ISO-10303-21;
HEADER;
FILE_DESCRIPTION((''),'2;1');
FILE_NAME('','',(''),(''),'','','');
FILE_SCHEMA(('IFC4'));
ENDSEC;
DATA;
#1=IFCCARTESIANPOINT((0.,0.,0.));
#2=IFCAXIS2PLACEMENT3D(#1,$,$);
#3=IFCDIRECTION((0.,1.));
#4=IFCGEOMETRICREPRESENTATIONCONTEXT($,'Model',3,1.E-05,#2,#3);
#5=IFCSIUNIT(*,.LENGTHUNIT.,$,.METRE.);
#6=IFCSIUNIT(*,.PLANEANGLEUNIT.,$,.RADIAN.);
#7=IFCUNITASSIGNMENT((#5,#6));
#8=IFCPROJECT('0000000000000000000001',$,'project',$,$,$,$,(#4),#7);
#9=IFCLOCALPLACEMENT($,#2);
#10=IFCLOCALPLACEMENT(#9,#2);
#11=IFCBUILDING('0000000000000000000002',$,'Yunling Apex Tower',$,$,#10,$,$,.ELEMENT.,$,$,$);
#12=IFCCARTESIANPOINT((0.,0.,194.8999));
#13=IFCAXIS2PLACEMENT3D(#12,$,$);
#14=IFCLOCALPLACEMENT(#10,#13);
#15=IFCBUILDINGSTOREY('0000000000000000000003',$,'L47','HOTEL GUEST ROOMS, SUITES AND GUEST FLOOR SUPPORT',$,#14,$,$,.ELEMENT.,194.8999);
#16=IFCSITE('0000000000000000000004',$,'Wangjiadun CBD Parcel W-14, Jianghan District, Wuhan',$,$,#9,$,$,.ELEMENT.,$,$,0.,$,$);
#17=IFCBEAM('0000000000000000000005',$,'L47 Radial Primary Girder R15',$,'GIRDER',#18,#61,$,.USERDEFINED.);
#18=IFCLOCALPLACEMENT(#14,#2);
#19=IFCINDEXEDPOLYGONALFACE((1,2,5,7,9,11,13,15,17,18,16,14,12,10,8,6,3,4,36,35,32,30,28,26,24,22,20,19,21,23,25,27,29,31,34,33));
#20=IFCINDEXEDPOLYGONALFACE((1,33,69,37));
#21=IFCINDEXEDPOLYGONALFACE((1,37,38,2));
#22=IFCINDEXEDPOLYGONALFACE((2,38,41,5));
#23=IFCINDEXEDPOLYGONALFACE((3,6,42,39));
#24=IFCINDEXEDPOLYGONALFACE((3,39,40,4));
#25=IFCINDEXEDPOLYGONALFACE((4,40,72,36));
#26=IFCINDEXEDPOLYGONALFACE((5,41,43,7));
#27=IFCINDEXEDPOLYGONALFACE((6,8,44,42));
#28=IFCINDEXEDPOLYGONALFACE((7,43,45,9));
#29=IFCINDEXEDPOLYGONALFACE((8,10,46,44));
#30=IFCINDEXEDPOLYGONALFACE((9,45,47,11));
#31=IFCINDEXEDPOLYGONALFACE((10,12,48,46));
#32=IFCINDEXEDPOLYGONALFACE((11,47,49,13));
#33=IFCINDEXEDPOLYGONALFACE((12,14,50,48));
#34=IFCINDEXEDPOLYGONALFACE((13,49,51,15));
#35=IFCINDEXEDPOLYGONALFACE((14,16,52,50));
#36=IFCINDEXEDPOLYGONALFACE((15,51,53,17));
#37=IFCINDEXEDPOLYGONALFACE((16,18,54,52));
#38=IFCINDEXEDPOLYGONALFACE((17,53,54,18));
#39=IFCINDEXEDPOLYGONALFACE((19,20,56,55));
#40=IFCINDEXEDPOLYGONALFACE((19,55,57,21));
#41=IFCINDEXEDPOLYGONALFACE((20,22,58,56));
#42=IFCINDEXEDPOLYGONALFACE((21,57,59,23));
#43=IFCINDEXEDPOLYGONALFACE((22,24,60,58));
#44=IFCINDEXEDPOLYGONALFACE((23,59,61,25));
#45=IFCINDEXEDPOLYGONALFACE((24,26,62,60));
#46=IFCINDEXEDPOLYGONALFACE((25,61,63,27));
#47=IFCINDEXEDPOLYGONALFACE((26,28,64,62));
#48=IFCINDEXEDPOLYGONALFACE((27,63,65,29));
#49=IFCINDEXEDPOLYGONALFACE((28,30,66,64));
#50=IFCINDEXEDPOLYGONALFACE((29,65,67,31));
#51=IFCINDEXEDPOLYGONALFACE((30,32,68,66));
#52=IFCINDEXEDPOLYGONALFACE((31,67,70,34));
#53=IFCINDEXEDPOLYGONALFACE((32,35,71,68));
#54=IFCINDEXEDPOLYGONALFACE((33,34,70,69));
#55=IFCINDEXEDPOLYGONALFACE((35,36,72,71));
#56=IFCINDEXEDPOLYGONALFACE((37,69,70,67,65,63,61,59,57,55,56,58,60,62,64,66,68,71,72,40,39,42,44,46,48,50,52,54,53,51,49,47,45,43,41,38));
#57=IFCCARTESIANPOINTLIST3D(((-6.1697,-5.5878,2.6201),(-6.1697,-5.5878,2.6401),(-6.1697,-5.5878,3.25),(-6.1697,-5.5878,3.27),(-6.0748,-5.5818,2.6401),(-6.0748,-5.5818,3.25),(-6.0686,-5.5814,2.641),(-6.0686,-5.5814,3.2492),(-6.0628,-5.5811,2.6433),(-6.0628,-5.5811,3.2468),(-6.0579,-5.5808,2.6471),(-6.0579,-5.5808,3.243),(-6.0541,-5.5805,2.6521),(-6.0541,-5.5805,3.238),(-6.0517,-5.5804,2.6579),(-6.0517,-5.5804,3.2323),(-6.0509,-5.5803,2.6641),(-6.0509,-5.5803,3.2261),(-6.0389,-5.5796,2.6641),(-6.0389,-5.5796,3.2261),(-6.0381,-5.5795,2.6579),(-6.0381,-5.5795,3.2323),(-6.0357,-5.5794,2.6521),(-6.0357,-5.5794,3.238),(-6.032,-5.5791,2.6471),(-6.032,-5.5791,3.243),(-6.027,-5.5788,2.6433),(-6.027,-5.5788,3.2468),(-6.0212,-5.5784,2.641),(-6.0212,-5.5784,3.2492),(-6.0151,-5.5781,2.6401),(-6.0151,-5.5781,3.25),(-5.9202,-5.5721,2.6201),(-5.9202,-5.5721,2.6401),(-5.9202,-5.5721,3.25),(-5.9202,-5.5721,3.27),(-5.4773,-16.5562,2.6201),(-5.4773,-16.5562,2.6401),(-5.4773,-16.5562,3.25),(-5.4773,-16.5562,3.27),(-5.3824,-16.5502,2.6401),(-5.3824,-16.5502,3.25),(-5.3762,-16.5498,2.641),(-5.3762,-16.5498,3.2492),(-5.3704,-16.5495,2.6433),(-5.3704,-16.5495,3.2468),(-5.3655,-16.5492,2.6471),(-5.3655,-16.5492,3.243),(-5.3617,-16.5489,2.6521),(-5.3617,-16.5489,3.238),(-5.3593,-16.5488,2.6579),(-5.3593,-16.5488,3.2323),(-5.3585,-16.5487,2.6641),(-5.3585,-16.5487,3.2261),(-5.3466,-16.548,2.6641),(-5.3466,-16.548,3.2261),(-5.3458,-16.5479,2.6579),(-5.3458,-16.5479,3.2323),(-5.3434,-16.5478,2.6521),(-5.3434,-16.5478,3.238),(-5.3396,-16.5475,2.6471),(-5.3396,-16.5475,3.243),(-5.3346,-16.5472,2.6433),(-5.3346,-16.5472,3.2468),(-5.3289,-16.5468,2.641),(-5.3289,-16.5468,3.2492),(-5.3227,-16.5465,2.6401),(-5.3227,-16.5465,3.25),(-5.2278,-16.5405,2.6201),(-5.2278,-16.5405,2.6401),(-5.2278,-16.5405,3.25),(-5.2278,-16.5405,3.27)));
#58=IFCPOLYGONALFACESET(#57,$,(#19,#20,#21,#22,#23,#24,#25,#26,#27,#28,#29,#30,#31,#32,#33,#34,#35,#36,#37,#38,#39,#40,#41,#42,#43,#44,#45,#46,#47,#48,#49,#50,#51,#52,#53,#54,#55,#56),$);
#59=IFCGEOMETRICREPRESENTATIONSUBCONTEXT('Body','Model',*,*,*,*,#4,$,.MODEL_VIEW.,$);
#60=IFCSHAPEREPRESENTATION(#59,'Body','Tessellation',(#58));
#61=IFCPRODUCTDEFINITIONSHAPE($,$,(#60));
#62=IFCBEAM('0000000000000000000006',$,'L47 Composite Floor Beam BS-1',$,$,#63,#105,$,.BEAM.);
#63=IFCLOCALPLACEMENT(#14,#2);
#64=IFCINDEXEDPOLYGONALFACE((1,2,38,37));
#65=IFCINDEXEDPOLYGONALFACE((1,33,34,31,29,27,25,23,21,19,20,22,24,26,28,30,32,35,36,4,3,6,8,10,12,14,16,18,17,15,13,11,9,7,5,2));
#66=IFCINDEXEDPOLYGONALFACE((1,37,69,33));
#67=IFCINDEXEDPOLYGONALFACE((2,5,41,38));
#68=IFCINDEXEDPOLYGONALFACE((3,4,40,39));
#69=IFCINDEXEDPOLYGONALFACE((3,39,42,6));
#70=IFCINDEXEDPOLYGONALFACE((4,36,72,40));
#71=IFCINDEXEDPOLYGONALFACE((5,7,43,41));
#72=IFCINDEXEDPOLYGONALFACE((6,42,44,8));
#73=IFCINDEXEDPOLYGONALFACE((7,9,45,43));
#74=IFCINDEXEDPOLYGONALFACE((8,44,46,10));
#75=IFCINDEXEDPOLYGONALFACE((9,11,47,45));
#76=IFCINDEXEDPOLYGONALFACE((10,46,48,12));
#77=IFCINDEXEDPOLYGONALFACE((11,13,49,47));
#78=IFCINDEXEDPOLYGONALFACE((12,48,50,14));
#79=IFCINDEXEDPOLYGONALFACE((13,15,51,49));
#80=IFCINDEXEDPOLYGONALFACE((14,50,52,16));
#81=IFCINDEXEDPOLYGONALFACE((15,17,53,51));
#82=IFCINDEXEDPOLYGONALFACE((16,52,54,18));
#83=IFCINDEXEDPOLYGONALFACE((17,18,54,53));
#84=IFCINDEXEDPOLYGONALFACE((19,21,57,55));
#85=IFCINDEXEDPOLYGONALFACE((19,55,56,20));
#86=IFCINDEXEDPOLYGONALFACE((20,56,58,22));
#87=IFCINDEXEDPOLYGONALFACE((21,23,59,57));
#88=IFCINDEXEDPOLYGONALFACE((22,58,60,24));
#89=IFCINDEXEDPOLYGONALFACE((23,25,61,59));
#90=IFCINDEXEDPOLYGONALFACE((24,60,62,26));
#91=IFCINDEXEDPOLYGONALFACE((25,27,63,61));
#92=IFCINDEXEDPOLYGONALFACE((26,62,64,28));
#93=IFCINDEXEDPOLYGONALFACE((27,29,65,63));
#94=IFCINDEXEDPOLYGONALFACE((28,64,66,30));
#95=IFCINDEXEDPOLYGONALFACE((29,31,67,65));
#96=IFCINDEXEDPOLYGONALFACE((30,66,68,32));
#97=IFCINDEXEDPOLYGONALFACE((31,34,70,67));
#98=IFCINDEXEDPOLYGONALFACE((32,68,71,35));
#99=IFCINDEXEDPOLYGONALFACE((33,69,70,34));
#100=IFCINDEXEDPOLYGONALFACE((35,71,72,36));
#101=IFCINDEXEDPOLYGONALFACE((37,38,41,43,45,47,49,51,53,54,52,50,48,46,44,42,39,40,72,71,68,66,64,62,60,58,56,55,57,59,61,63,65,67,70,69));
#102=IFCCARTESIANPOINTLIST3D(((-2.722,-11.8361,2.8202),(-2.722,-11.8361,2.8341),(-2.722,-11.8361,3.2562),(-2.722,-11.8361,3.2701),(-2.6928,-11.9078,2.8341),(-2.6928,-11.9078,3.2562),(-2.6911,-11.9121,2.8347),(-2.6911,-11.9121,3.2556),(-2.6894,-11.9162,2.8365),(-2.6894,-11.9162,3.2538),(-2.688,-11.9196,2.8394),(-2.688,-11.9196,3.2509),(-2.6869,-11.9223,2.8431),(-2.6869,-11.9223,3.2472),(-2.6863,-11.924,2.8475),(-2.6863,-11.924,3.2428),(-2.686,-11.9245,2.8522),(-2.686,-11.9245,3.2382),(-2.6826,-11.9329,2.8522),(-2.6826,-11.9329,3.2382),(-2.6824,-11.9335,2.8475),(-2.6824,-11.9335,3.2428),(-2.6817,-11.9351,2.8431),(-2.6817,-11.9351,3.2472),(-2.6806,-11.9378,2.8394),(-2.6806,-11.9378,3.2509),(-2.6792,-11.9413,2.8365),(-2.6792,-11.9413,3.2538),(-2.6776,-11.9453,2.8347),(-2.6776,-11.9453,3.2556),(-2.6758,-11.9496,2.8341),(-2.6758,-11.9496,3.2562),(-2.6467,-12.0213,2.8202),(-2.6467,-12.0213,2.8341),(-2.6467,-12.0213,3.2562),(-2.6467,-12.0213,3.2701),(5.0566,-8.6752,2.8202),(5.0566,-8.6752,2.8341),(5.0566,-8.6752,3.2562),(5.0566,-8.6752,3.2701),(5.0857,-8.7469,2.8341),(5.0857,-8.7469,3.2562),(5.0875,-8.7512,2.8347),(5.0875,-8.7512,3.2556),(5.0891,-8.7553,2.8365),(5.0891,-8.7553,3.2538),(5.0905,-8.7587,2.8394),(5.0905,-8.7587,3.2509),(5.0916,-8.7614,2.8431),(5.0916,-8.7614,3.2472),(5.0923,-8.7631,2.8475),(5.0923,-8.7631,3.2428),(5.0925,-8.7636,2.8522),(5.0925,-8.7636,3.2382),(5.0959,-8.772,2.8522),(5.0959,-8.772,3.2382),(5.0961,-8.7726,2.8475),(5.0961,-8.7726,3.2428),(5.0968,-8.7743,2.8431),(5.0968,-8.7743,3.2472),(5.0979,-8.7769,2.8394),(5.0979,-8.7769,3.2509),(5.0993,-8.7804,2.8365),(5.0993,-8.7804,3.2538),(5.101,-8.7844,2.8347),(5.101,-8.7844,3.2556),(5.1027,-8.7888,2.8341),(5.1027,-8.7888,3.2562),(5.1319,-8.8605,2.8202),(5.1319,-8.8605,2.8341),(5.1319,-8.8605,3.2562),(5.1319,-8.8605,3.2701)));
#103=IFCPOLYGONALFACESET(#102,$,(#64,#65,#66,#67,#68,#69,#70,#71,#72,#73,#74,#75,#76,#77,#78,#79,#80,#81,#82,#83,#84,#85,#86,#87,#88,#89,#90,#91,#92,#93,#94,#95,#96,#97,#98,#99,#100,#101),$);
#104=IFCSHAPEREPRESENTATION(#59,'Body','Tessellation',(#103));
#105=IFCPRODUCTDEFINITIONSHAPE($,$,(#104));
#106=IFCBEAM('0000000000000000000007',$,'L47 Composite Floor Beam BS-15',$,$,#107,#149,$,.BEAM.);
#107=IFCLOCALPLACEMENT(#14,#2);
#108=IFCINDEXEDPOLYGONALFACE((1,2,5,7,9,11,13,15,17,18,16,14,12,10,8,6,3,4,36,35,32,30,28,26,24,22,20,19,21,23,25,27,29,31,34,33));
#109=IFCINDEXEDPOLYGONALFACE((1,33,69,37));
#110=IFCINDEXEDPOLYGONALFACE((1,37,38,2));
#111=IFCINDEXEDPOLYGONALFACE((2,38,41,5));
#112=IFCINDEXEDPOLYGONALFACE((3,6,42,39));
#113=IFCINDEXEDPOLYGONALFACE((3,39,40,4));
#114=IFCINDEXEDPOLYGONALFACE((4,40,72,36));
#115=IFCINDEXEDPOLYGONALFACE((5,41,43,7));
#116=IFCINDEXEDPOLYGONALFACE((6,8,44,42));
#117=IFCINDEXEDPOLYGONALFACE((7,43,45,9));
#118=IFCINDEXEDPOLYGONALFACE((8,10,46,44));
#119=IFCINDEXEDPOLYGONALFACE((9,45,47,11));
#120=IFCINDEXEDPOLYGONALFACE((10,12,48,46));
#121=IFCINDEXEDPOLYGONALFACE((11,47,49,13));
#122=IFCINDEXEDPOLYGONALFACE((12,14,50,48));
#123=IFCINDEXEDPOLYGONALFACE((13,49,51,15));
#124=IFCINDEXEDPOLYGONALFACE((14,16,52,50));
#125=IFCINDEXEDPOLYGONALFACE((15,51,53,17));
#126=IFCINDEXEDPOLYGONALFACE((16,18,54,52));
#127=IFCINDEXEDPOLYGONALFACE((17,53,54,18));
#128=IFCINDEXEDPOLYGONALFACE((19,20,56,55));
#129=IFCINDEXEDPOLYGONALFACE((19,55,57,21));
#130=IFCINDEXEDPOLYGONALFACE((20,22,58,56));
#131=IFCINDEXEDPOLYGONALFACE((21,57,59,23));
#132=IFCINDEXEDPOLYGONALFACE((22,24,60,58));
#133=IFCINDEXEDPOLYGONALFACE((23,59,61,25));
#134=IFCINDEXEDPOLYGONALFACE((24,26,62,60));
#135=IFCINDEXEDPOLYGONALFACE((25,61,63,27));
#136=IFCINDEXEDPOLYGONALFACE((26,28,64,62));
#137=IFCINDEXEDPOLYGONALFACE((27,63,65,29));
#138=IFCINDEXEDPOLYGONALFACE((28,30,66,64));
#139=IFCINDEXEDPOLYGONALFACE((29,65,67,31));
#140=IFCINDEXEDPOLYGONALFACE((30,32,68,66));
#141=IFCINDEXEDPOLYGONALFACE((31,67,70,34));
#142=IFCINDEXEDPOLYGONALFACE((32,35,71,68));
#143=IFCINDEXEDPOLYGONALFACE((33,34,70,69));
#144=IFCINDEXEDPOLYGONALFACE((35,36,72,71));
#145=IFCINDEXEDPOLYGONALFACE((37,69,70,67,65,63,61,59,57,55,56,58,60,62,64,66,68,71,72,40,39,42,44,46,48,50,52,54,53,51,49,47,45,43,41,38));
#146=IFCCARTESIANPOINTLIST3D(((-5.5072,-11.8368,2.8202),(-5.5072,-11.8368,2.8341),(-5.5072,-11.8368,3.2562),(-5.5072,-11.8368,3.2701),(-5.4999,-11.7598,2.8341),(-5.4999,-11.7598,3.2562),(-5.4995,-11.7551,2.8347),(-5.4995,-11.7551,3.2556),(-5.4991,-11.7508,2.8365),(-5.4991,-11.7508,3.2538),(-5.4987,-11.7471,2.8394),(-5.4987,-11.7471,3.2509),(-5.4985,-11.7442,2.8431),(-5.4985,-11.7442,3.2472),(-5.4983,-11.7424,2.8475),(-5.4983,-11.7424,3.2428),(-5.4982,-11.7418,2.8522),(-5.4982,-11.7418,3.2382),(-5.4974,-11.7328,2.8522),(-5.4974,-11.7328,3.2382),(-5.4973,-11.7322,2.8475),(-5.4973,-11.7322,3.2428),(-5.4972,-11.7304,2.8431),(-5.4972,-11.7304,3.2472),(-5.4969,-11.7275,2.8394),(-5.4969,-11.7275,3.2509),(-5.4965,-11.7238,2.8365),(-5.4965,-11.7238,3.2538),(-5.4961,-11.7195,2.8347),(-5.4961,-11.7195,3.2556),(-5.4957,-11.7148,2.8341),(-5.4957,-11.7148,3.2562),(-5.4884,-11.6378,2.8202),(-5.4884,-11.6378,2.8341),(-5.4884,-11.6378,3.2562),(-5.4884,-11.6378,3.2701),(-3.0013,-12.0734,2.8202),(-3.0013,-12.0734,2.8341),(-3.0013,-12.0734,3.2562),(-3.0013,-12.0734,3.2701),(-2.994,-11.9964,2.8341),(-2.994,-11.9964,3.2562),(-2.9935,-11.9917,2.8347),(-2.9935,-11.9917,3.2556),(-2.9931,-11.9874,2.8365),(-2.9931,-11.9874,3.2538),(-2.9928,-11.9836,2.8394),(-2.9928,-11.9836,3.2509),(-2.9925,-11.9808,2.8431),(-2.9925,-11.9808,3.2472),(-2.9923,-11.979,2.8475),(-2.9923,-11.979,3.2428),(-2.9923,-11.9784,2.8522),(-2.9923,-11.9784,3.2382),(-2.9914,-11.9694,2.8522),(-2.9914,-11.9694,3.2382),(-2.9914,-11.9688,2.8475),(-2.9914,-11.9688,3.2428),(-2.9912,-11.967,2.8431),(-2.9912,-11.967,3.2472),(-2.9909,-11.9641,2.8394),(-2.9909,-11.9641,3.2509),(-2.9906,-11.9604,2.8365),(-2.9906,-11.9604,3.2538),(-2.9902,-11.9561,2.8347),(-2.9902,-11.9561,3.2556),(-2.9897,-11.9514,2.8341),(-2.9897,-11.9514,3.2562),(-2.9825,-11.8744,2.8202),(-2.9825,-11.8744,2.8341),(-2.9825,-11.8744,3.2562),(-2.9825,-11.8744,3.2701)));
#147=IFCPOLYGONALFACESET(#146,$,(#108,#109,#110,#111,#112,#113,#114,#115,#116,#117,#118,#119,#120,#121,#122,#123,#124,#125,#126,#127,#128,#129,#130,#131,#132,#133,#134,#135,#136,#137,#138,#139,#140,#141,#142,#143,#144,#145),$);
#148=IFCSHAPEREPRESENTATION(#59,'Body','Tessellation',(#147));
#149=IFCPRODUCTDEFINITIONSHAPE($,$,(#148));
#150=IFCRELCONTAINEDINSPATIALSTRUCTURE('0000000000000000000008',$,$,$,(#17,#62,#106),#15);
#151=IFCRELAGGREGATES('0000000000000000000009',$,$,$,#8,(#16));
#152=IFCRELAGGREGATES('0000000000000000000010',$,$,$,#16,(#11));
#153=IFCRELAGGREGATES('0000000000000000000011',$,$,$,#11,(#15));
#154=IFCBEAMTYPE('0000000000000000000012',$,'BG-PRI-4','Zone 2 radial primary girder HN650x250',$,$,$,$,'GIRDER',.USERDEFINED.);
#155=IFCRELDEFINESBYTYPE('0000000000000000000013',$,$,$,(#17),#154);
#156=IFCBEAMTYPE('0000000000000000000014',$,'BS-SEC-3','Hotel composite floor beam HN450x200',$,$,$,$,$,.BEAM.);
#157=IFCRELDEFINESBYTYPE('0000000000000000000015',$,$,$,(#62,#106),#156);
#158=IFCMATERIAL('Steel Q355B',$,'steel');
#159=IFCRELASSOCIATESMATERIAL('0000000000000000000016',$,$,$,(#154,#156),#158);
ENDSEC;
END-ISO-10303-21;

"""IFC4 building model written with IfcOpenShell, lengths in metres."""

from ifc_helpers import new_model, si_unit, direction, frame, origin, origin_2d, place, context, subcontext, project, spatial, i_section, extrude, source, transform, mapped, material, material_profile, profile_set, type_object, element, save


model = new_model("IFC4")

# Units and contexts
model_context = context("Model", 3, precision=1e-05, world=origin(), true_north=direction((0.0, 1.0)))
body_context = subcontext(model_context, "Body", "Model", "MODEL_VIEW")
ifc_project = project(units=[si_unit("LENGTHUNIT", "METRE"), si_unit("PLANEANGLEUNIT", "RADIAN")], contexts=[model_context])

# Site, building, storey
site_placement = place(None, origin())
site = spatial("IfcSite", under=ifc_project, at=site_placement, Name="Wangjiadun CBD Parcel W-14, Jianghan District, Wuhan", CompositionType="ELEMENT", RefElevation=0.0)
building_placement = place(site_placement, origin())
building = spatial("IfcBuilding", under=site, at=building_placement, Name="Yunling Apex Tower", CompositionType="ELEMENT")
storey_placement = place(building_placement, frame((0.0, 0.0, 194.8999)))
storey = spatial("IfcBuildingStorey", under=building, at=storey_placement, Name="L47", Description="HOTEL GUEST ROOMS, SUITES AND GUEST FLOOR SUPPORT", CompositionType="ELEMENT", Elevation=194.8999)

# Beams
ifc_material_1 = material(Name="Steel Q355B", Category="steel")
ifc_material_profile_1 = material_profile(ifc_material_1, i_section(OverallWidth=0.25, OverallDepth=0.6499, WebThickness=0.012, FlangeThickness=0.02, FilletRadius=0.0239, at=origin_2d()))
ifc_profile_set_1 = profile_set([ifc_material_profile_1], Name="Steel Q355B")
beam_type_1 = type_object("IfcBeamType", Name="BG-PRI-4", Description="Zone 2 radial primary girder HN650x250", ElementType="GIRDER", PredefinedType="USERDEFINED", material=ifc_profile_set_1)
shared_shape_1 = source(origin(), body_context, "Body", "SweptSolid", [
    extrude(i_section(OverallWidth=0.25, OverallDepth=0.6499, WebThickness=0.012, FlangeThickness=0.02, FilletRadius=0.0239, at=origin_2d()), origin(), (0.0, 0.0, 1.0), 10.9902),
])
beam_1_placement = place(storey_placement, frame((-5.3525, -16.5483, 2.9451), z_axis=(-0.062999, 0.998014, 0.0), x_axis=(-0.998014, -0.062999, 0.0)))
element("IfcBeam", 1, at=beam_1_placement, inside=storey, type_object=beam_type_1, Name="L47 Radial Primary Girder R15", ObjectType="GIRDER", PredefinedType="USERDEFINED", context=body_context, shape_type="MappedRepresentation", body=[
    mapped(shared_shape_1, transform((0.0, 0.0, 0.0), scale=1.0)),
])
ifc_material_profile_2 = material_profile(ifc_material_1, i_section(OverallWidth=0.2, OverallDepth=0.45, WebThickness=0.009, FlangeThickness=0.0139, FilletRadius=0.0181, at=origin_2d()))
ifc_profile_set_2 = profile_set([ifc_material_profile_2], Name="Steel Q355B")
beam_type_2 = type_object("IfcBeamType", Name="BS-SEC-3", Description="Hotel composite floor beam HN450x200", PredefinedType="BEAM", material=ifc_profile_set_2)
shared_shape_2 = source(origin(), body_context, "Body", "SweptSolid", [
    extrude(i_section(OverallWidth=0.2, OverallDepth=0.45, WebThickness=0.009, FlangeThickness=0.0139, FilletRadius=0.0181, at=origin_2d()), origin(), (0.0, 0.0, 1.0), 8.3962),
])
beam_2_placement = place(storey_placement, frame((-2.6843, -11.9287, 3.0452), z_axis=(0.926431, 0.376464, 0.0), x_axis=(-0.376464, 0.926431, 0.0)))
element("IfcBeam", 2, at=beam_2_placement, inside=storey, type_object=beam_type_2, Name="L47 Composite Floor Beam BS-1", PredefinedType="BEAM", context=body_context, shape_type="MappedRepresentation", body=[
    mapped(shared_shape_2, transform((0.0, 0.0, 0.0), scale=1.0)),
])
shared_shape_3 = source(origin(), body_context, "Body", "SweptSolid", [
    extrude(i_section(OverallWidth=0.2, OverallDepth=0.45, WebThickness=0.009, FlangeThickness=0.0139, FilletRadius=0.0181, at=origin_2d()), origin(), (0.0, 0.0, 1.0), 2.5171),
])
beam_3_placement = place(storey_placement, frame((-5.4978, -11.7373, 3.0452), z_axis=(0.995573, -0.09399, 0.0), x_axis=(0.09399, 0.995573, 0.0)))
element("IfcBeam", 3, at=beam_3_placement, inside=storey, type_object=beam_type_2, Name="L47 Composite Floor Beam BS-15", PredefinedType="BEAM", context=body_context, shape_type="MappedRepresentation", body=[
    mapped(shared_shape_3, transform((0.0, 0.0, 0.0), scale=1.0)),
])

save(model, "model.ifc")
